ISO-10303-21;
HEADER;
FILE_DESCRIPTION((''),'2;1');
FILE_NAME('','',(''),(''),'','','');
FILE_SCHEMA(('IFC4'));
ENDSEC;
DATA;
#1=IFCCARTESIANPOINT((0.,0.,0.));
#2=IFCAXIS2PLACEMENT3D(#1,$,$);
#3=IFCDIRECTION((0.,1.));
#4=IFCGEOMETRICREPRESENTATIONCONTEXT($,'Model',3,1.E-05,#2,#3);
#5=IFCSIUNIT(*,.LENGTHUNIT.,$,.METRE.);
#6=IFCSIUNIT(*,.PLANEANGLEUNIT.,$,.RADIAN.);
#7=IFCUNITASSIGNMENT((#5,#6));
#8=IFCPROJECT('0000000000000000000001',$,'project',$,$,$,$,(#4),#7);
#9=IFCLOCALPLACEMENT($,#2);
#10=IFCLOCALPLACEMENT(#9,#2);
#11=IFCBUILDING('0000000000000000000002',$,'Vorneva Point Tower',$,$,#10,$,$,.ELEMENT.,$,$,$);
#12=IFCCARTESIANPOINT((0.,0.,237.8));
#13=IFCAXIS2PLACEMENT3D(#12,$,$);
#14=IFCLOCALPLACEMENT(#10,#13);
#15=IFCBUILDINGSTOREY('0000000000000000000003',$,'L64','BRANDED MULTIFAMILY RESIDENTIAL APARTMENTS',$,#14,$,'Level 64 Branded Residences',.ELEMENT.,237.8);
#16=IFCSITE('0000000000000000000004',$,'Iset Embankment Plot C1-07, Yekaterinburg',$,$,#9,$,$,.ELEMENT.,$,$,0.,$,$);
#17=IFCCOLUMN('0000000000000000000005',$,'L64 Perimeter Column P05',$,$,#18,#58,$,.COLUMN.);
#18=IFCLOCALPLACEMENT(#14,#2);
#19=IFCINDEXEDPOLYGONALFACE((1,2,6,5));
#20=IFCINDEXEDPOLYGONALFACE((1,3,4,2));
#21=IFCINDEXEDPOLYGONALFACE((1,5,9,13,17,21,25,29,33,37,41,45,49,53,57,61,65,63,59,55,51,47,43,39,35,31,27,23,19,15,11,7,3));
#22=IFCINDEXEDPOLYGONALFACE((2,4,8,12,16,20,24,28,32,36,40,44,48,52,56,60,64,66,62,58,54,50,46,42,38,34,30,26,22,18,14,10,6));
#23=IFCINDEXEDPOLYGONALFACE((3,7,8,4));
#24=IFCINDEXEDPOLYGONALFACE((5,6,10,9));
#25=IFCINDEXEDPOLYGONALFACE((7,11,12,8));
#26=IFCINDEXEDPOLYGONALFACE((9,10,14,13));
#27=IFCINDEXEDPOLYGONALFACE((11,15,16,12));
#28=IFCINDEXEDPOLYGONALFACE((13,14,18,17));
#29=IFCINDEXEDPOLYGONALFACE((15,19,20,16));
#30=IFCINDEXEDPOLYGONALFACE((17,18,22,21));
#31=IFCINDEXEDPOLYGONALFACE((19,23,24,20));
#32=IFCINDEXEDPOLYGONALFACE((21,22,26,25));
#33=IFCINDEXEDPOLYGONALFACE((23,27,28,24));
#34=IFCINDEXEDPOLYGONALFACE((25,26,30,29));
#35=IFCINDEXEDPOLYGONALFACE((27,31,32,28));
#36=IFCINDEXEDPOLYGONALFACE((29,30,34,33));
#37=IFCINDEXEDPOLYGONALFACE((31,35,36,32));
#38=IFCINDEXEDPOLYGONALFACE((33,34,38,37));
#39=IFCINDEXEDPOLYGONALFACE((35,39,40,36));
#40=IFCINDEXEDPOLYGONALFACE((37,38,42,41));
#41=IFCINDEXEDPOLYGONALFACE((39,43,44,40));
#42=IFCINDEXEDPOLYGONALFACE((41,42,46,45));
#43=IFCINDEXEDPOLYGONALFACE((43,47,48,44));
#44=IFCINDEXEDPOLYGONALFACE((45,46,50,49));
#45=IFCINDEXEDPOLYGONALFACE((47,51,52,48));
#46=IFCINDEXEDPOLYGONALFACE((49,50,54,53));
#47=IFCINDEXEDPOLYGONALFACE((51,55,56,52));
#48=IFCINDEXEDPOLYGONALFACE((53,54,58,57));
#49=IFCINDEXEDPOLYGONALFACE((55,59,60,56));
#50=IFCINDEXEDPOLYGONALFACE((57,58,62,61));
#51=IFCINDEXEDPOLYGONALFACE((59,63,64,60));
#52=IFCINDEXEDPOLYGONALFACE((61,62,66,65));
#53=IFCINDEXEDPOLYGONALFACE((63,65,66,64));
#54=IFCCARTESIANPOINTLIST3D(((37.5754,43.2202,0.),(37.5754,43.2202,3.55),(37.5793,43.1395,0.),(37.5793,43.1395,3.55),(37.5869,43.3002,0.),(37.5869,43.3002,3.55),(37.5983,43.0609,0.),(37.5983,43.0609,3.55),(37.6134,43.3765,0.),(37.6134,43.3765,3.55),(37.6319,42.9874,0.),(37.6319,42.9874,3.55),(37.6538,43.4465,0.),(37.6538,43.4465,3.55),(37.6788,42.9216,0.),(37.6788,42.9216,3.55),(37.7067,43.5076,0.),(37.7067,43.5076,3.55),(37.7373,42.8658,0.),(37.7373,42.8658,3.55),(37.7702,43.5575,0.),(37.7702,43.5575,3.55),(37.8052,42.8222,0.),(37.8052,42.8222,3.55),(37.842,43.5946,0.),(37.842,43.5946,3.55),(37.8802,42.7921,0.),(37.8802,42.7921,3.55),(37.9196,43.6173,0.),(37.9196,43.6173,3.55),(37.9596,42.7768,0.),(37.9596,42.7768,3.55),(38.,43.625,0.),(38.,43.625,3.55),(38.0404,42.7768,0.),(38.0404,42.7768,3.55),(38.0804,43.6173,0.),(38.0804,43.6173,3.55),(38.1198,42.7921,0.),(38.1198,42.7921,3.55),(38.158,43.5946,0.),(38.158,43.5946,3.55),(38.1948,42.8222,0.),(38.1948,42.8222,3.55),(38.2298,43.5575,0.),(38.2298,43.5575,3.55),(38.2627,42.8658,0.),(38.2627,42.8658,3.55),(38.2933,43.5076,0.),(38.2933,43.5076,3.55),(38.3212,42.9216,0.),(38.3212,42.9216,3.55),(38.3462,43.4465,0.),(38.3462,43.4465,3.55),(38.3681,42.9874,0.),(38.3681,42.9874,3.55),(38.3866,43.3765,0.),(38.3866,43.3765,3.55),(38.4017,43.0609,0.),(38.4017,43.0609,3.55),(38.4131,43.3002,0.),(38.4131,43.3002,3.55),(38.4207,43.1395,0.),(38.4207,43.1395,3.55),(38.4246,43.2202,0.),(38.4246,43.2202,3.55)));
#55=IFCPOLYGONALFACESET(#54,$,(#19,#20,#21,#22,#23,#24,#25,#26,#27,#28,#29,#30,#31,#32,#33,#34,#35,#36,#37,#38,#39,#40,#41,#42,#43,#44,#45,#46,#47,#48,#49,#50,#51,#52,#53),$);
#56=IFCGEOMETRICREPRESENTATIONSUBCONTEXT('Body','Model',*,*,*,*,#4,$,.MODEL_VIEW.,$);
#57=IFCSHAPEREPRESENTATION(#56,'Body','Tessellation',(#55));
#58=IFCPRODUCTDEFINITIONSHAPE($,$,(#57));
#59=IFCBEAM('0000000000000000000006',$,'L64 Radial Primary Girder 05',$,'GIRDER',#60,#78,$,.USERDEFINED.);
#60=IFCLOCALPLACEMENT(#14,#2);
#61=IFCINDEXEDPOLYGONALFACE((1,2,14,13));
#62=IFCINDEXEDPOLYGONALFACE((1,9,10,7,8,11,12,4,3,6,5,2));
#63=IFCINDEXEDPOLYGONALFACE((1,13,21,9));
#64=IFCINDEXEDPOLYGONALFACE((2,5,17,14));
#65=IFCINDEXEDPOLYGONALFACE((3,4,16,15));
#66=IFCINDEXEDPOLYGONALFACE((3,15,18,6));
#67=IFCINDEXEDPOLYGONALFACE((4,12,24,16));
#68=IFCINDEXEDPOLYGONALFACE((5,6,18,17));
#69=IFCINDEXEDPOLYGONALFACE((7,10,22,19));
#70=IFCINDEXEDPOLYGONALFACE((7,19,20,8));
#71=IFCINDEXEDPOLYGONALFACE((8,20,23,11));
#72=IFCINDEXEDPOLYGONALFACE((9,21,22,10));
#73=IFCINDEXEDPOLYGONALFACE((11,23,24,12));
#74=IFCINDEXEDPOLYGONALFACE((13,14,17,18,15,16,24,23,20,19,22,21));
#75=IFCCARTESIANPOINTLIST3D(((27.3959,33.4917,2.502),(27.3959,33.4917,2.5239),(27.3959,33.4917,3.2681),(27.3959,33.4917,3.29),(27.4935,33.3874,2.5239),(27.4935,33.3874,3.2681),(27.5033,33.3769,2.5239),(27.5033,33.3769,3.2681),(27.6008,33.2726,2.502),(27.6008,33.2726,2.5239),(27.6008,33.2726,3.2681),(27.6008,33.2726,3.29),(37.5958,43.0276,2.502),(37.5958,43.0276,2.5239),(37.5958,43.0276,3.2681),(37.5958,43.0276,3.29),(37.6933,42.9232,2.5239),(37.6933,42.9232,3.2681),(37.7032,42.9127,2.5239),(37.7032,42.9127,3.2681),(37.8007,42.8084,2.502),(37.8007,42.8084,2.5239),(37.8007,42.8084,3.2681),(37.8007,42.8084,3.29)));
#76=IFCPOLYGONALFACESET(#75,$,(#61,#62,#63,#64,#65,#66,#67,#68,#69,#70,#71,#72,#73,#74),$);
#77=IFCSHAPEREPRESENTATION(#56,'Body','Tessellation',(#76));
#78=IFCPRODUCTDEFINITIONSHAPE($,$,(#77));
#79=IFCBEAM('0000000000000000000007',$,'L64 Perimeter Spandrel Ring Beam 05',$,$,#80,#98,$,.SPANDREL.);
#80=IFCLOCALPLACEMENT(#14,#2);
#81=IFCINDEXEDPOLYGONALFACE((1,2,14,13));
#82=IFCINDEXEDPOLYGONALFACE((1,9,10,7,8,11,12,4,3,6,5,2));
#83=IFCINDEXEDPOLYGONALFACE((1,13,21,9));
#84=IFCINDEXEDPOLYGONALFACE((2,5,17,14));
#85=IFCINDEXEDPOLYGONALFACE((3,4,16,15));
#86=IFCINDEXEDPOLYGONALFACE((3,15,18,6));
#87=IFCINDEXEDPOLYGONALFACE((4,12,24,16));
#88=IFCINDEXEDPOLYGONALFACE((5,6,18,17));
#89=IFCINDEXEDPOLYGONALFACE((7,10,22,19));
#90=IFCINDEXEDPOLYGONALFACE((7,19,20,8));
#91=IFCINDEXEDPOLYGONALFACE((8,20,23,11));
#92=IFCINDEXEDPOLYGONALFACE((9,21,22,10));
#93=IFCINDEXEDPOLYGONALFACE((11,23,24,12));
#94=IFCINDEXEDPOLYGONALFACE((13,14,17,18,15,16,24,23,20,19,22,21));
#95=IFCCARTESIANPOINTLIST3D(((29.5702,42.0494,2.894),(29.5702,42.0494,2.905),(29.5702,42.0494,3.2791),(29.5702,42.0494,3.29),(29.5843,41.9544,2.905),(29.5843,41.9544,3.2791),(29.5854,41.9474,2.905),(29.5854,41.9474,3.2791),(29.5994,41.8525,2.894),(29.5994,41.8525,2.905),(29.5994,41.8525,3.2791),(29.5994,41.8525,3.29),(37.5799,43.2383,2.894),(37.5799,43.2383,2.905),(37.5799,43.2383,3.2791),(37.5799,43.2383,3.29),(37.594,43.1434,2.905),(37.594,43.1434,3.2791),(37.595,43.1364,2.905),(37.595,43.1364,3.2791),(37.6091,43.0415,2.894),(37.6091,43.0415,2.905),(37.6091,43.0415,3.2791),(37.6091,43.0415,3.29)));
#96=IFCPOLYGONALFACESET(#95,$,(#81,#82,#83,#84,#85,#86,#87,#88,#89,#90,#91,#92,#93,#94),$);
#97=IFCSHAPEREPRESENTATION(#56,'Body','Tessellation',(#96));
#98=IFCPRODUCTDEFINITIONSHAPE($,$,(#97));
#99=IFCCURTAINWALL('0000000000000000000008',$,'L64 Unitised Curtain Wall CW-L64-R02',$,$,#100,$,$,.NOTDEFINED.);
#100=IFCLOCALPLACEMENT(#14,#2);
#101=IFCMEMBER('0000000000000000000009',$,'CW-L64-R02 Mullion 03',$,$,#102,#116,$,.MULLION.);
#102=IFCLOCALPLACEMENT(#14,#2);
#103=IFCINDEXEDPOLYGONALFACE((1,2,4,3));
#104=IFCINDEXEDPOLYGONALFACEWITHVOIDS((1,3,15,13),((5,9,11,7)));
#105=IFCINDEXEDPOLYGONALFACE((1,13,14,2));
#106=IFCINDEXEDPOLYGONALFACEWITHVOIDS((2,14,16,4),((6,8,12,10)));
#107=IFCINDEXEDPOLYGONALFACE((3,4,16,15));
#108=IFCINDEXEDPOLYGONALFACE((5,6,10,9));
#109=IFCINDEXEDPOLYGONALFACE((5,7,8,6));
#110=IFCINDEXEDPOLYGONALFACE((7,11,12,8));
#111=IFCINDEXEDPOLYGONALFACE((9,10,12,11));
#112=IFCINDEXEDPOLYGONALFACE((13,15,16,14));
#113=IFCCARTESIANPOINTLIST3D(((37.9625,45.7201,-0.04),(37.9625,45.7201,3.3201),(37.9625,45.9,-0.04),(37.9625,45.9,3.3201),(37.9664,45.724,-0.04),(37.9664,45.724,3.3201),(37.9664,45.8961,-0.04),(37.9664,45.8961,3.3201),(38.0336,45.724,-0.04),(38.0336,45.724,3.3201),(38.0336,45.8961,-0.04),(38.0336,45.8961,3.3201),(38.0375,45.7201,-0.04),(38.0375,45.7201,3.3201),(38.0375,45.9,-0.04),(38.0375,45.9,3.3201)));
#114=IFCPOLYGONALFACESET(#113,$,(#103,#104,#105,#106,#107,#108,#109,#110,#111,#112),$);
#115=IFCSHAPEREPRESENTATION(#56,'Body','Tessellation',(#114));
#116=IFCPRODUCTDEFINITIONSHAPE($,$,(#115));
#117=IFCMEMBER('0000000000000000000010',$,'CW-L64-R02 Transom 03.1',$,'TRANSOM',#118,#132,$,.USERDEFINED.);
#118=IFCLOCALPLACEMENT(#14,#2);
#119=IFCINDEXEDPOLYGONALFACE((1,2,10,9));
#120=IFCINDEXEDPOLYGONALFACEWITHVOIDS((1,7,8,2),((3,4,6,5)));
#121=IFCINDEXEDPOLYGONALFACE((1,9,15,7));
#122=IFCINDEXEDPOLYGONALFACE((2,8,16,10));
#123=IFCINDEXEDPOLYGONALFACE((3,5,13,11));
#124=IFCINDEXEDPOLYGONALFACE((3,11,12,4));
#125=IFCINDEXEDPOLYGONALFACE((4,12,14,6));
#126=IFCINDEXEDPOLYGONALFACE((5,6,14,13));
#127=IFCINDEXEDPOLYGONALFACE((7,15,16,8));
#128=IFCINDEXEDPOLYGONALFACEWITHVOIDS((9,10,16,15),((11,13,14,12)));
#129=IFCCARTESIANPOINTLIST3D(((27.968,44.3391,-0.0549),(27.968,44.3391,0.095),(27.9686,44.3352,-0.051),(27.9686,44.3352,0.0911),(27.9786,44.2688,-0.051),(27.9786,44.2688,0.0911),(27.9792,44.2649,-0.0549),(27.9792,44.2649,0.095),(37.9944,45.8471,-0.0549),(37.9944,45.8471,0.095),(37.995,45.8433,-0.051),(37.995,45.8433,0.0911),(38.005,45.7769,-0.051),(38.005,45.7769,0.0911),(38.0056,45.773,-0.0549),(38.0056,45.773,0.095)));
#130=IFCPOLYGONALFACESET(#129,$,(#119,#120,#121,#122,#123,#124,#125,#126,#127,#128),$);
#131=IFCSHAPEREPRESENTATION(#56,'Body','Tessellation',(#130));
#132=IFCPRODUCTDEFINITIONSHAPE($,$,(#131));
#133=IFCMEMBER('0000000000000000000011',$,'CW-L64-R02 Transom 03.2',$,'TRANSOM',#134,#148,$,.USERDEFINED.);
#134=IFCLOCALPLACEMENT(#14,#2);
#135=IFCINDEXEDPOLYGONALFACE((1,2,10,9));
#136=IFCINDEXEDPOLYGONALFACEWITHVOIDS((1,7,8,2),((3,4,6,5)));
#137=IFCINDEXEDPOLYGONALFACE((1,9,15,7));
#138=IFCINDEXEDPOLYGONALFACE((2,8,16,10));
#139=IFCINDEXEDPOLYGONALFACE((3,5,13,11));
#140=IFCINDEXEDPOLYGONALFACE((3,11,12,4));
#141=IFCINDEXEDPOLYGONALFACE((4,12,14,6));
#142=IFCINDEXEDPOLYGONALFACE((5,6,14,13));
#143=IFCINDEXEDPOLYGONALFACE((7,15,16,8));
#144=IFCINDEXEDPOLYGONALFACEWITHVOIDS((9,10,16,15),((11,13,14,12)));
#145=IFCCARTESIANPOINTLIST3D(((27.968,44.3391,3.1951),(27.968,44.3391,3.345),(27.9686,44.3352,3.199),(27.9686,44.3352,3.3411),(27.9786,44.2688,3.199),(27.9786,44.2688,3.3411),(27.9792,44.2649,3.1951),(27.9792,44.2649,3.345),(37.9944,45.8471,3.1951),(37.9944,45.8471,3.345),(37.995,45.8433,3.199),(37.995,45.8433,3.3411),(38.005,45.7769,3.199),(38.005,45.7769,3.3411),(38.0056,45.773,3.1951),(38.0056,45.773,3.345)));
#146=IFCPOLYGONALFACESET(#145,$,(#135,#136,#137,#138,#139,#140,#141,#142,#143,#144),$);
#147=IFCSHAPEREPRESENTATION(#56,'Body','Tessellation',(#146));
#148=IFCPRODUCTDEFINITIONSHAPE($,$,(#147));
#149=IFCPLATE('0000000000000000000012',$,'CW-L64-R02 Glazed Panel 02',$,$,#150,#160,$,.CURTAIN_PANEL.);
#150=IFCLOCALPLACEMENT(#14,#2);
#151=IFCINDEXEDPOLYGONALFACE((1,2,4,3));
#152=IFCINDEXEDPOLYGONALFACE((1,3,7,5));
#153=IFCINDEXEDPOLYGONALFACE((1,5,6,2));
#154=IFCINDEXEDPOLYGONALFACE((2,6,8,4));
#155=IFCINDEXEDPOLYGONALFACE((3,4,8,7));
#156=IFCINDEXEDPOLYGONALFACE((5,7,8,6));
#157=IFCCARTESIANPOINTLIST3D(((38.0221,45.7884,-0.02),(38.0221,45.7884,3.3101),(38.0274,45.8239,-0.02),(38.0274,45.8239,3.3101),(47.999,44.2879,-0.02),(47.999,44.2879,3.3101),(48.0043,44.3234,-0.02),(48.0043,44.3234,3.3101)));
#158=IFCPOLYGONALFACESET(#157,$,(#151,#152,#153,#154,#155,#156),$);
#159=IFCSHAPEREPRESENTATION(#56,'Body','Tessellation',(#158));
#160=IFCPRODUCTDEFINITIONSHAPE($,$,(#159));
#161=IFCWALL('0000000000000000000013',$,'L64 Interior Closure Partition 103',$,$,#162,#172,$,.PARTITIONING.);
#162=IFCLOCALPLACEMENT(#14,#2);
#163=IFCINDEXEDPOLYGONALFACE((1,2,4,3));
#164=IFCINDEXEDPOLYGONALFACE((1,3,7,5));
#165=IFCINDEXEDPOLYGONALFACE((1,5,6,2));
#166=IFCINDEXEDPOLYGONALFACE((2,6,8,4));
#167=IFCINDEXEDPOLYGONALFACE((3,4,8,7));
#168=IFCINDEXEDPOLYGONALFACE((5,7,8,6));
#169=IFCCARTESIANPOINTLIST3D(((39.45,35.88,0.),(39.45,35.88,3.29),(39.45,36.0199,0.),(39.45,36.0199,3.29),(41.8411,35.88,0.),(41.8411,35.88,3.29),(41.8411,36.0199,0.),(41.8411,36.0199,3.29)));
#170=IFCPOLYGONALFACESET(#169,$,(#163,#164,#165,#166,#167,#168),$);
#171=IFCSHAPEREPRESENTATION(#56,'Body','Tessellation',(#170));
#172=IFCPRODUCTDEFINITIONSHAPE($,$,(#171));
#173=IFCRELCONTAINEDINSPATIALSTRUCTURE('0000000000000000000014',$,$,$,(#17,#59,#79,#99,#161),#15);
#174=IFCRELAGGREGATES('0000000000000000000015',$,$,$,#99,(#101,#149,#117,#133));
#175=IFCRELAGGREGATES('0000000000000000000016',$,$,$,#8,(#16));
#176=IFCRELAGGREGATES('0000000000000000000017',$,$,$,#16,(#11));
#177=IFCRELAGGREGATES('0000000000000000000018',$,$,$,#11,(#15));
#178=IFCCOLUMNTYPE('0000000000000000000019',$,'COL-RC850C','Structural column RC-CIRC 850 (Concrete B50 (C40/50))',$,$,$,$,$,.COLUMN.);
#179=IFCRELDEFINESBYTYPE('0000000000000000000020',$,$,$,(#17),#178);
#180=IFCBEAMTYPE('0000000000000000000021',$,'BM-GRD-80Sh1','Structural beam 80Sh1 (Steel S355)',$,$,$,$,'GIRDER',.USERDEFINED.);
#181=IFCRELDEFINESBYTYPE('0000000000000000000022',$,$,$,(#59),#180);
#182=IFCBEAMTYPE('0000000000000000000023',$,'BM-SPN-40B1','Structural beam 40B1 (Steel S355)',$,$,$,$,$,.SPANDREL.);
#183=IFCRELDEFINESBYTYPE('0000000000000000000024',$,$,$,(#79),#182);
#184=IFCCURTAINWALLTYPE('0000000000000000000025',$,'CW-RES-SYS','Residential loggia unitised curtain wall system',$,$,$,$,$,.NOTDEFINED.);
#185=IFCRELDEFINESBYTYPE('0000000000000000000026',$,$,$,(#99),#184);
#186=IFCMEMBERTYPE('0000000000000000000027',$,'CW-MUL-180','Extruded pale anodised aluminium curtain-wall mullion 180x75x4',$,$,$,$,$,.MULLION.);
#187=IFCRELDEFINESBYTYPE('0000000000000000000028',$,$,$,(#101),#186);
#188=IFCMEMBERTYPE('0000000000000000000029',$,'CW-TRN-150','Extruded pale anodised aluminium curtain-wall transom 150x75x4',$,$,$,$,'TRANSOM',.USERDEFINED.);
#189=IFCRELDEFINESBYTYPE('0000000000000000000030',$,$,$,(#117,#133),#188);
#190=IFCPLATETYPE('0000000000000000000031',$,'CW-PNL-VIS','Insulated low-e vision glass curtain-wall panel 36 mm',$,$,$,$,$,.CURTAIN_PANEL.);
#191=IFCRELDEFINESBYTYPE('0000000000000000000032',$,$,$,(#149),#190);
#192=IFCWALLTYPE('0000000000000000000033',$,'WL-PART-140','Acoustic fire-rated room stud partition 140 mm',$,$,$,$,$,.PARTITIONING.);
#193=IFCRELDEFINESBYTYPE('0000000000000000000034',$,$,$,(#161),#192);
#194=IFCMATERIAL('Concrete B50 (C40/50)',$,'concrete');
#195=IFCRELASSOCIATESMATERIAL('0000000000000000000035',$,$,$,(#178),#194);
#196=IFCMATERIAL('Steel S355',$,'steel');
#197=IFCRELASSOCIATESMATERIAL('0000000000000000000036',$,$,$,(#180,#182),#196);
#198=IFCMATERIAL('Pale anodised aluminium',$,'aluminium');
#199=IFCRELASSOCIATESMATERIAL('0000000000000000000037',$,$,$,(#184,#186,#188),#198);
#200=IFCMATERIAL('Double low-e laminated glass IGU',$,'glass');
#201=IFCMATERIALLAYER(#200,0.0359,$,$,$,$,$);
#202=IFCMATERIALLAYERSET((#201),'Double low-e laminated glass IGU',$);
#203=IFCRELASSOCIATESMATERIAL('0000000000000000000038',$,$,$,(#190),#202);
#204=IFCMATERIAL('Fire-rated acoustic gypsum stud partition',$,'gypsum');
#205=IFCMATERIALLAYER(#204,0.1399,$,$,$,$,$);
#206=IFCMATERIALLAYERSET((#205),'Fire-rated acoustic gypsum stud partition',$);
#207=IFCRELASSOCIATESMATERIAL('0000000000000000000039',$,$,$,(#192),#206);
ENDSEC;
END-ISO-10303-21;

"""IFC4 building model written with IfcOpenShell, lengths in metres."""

from ifc_helpers import new_model, si_unit, direction, frame, frame_2d, origin, origin_2d, place, context, subcontext, project, spatial, rectangle, hollow_rectangle, circle, i_section, extrude, material, layer, layer_set, material_profile, profile_set, type_object, element, aggregate, save


model = new_model("IFC4")

# Units and contexts
model_context = context("Model", 3, precision=1e-05, world=origin(), true_north=direction((0.0, 1.0)))
body_context = subcontext(model_context, "Body", "Model", "MODEL_VIEW")
ifc_project = project(units=[si_unit("LENGTHUNIT", "METRE"), si_unit("PLANEANGLEUNIT", "RADIAN")], contexts=[model_context])

# Site, building, storey
site_placement = place(None, origin())
site = spatial("IfcSite", under=ifc_project, at=site_placement, Name="Iset Embankment Plot C1-07, Yekaterinburg", CompositionType="ELEMENT", RefElevation=0.0)
building_placement = place(site_placement, origin())
building = spatial("IfcBuilding", under=site, at=building_placement, Name="Vorneva Point Tower", CompositionType="ELEMENT")
storey_placement = place(building_placement, frame((0.0, 0.0, 237.8)))
storey = spatial("IfcBuildingStorey", under=building, at=storey_placement, Name="L64", Description="BRANDED MULTIFAMILY RESIDENTIAL APARTMENTS", LongName="Level 64 Branded Residences", CompositionType="ELEMENT", Elevation=237.8)

# Column
ifc_material_1 = material(Name="Concrete B50 (C40/50)", Category="concrete")
ifc_material_profile_1 = material_profile(ifc_material_1, circle(Radius=0.425, at=origin_2d()), Name="RC-CIRC 850")
ifc_profile_set_1 = profile_set([ifc_material_profile_1], Name="Concrete B50 (C40/50)")
column_type = type_object("IfcColumnType", Name="COL-RC850C", Description="Structural column RC-CIRC 850 (Concrete B50 (C40/50))", PredefinedType="COLUMN", material=ifc_profile_set_1)
column_placement = place(storey_placement, frame((38.0, 43.2, 0.0), z_axis=(0.0, 0.0, 1.0), x_axis=(0.0, 1.0, 0.0)))
element("IfcColumn", 1, at=column_placement, inside=storey, type_object=column_type, Name="L64 Perimeter Column P05", PredefinedType="COLUMN", context=body_context, shape_type="SweptSolid", body=[
    extrude(circle(Radius=0.425, at=origin_2d()), origin(), (0.0, 0.0, 1.0), 3.55),
])

# Beams
ifc_material_2 = material(Name="Steel S355", Category="steel")
ifc_material_profile_2 = material_profile(ifc_material_2, i_section(OverallWidth=0.3, OverallDepth=0.7881, WebThickness=0.0144, FlangeThickness=0.022, at=origin_2d()), Name="80Sh1")
ifc_profile_set_2 = profile_set([ifc_material_profile_2], Name="Steel S355")
beam_type_1 = type_object("IfcBeamType", Name="BM-GRD-80Sh1", Description="Structural beam 80Sh1 (Steel S355)", ElementType="GIRDER", PredefinedType="USERDEFINED", material=ifc_profile_set_2)
beam_1_placement = place(storey_placement, frame((37.6982, 42.918, 2.896), z_axis=(-0.730486, -0.682928, 0.0), x_axis=(0.682928, -0.730486, 0.0)))
element("IfcBeam", 2, at=beam_1_placement, inside=storey, type_object=beam_type_1, Name="L64 Radial Primary Girder 05", ObjectType="GIRDER", PredefinedType="USERDEFINED", context=body_context, shape_type="SweptSolid", body=[
    extrude(i_section(OverallWidth=0.3, OverallDepth=0.7881, WebThickness=0.0144, FlangeThickness=0.022, at=origin_2d()), origin(), (0.0, 0.0, 1.0), 13.9631),
])
ifc_material_profile_3 = material_profile(ifc_material_2, i_section(OverallWidth=0.199, OverallDepth=0.396, WebThickness=0.0071, FlangeThickness=0.011, at=origin_2d()), Name="40B1")
ifc_profile_set_3 = profile_set([ifc_material_profile_3], Name="Steel S355")
beam_type_2 = type_object("IfcBeamType", Name="BM-SPN-40B1", Description="Structural beam 40B1 (Steel S355)", PredefinedType="SPANDREL", material=ifc_profile_set_3)
beam_2_placement = place(storey_placement, frame((37.5945, 43.1399, 3.092), z_axis=(-0.989162, -0.146831, 0.0), x_axis=(0.146831, -0.989162, 0.0)))
element("IfcBeam", 3, at=beam_2_placement, inside=storey, type_object=beam_type_2, Name="L64 Perimeter Spandrel Ring Beam 05", PredefinedType="SPANDREL", context=body_context, shape_type="SweptSolid", body=[
    extrude(i_section(OverallWidth=0.199, OverallDepth=0.396, WebThickness=0.0071, FlangeThickness=0.011, at=origin_2d()), origin(), (0.0, 0.0, 1.0), 8.0974),
])

# Curtain wall, members, plate
ifc_material_3 = material(Name="Pale anodised aluminium", Category="aluminium")
curtain_wall_type = type_object("IfcCurtainWallType", Name="CW-RES-SYS", Description="Residential loggia unitised curtain wall system", PredefinedType="NOTDEFINED", material=ifc_material_3)
curtain_wall_placement = place(storey_placement, origin())
curtain_wall = element("IfcCurtainWall", 4, at=curtain_wall_placement, inside=storey, type_object=curtain_wall_type, Name="L64 Unitised Curtain Wall CW-L64-R02", PredefinedType="NOTDEFINED")
ifc_material_profile_4 = material_profile(ifc_material_3, hollow_rectangle(XDim=0.075, YDim=0.1799, WallThickness=0.0039, at=origin_2d()), Name="AL-MUL 180x75x4")
ifc_profile_set_4 = profile_set([ifc_material_profile_4], Name="Pale anodised aluminium")
member_type_1 = type_object("IfcMemberType", Name="CW-MUL-180", Description="Extruded pale anodised aluminium curtain-wall mullion 180x75x4", PredefinedType="MULLION", material=ifc_profile_set_4)
member_1_placement = place(storey_placement, frame((38.0, 45.8101, -0.04), z_axis=(0.0, 0.0, 1.0), x_axis=(1.0, 0.0, 0.0)))
member_1 = element("IfcMember", 5, at=member_1_placement, type_object=member_type_1, Name="CW-L64-R02 Mullion 03", PredefinedType="MULLION", context=body_context, shape_type="SweptSolid", body=[
    extrude(hollow_rectangle(XDim=0.075, YDim=0.1799, WallThickness=0.0039, at=origin_2d()), origin(), (0.0, 0.0, 1.0), 3.3601),
])
ifc_material_profile_5 = material_profile(ifc_material_3, hollow_rectangle(XDim=0.075, YDim=0.1499, WallThickness=0.0039, at=origin_2d()), Name="AL-TRN 150x75x4")
ifc_profile_set_5 = profile_set([ifc_material_profile_5], Name="Pale anodised aluminium")
member_type_2 = type_object("IfcMemberType", Name="CW-TRN-150", Description="Extruded pale anodised aluminium curtain-wall transom 150x75x4", ElementType="TRANSOM", PredefinedType="USERDEFINED", material=ifc_profile_set_5)
member_2_placement = place(storey_placement, frame((38.0, 45.8101, 0.02), z_axis=(-0.988877, -0.148736, 0.0), x_axis=(0.148736, -0.988877, 0.0)))
member_2 = element("IfcMember", 6, at=member_2_placement, type_object=member_type_2, Name="CW-L64-R02 Transom 03.1", ObjectType="TRANSOM", PredefinedType="USERDEFINED", context=body_context, shape_type="SweptSolid", body=[
    extrude(hollow_rectangle(XDim=0.075, YDim=0.1499, WallThickness=0.0039, at=origin_2d()), origin(), (0.0, 0.0, 1.0), 10.1392),
])
member_3_placement = place(storey_placement, frame((38.0, 45.8101, 3.27), z_axis=(-0.988877, -0.148736, 0.0), x_axis=(0.148736, -0.988877, 0.0)))
member_3 = element("IfcMember", 7, at=member_3_placement, type_object=member_type_2, Name="CW-L64-R02 Transom 03.2", ObjectType="TRANSOM", PredefinedType="USERDEFINED", context=body_context, shape_type="SweptSolid", body=[
    extrude(hollow_rectangle(XDim=0.075, YDim=0.1499, WallThickness=0.0039, at=origin_2d()), origin(), (0.0, 0.0, 1.0), 10.1392),
])
ifc_material_4 = material(Name="Double low-e laminated glass IGU", Category="glass")
ifc_layer_1 = layer(ifc_material_4, 0.0359)
ifc_layer_set_1 = layer_set([ifc_layer_1], Name="Double low-e laminated glass IGU")
plate_type = type_object("IfcPlateType", Name="CW-PNL-VIS", Description="Insulated low-e vision glass curtain-wall panel 36 mm", PredefinedType="CURTAIN_PANEL", material=ifc_layer_set_1)
plate_placement = place(storey_placement, frame((43.0132, 45.0559, -0.02), z_axis=(0.0, 0.0, 1.0), x_axis=(-0.988879, 0.148724, 0.0)))
plate = element("IfcPlate", 8, at=plate_placement, type_object=plate_type, Name="CW-L64-R02 Glazed Panel 02", PredefinedType="CURTAIN_PANEL", context=body_context, shape_type="SweptSolid", body=[
    extrude(rectangle(XDim=10.0891, YDim=0.0359, at=origin_2d()), origin(), (0.0, 0.0, 1.0), 3.3301),
])
aggregate(curtain_wall, [member_1, plate, member_2, member_3])

# Wall
ifc_material_5 = material(Name="Fire-rated acoustic gypsum stud partition", Category="gypsum")
ifc_layer_2 = layer(ifc_material_5, 0.1399)
ifc_layer_set_2 = layer_set([ifc_layer_2], Name="Fire-rated acoustic gypsum stud partition")
wall_type_1 = type_object("IfcWallType", Name="WL-PART-140", Description="Acoustic fire-rated room stud partition 140 mm", PredefinedType="PARTITIONING", material=ifc_layer_set_2)
wall_1_placement = place(storey_placement, frame((41.8411, 35.95, 0.0), z_axis=(0.0, 0.0, 1.0), x_axis=(-1.0, 0.0, 0.0)))
element("IfcWall", 9, at=wall_1_placement, inside=storey, type_object=wall_type_1, Name="L64 Interior Closure Partition 103", PredefinedType="PARTITIONING", context=body_context, shape_type="SweptSolid", body=[
    extrude(rectangle(XDim=2.3911, YDim=0.1399, at=frame_2d((1.1956, 0.0))), origin(), (0.0, 0.0, 1.0), 3.29),
])

save(model, "model.ifc")
